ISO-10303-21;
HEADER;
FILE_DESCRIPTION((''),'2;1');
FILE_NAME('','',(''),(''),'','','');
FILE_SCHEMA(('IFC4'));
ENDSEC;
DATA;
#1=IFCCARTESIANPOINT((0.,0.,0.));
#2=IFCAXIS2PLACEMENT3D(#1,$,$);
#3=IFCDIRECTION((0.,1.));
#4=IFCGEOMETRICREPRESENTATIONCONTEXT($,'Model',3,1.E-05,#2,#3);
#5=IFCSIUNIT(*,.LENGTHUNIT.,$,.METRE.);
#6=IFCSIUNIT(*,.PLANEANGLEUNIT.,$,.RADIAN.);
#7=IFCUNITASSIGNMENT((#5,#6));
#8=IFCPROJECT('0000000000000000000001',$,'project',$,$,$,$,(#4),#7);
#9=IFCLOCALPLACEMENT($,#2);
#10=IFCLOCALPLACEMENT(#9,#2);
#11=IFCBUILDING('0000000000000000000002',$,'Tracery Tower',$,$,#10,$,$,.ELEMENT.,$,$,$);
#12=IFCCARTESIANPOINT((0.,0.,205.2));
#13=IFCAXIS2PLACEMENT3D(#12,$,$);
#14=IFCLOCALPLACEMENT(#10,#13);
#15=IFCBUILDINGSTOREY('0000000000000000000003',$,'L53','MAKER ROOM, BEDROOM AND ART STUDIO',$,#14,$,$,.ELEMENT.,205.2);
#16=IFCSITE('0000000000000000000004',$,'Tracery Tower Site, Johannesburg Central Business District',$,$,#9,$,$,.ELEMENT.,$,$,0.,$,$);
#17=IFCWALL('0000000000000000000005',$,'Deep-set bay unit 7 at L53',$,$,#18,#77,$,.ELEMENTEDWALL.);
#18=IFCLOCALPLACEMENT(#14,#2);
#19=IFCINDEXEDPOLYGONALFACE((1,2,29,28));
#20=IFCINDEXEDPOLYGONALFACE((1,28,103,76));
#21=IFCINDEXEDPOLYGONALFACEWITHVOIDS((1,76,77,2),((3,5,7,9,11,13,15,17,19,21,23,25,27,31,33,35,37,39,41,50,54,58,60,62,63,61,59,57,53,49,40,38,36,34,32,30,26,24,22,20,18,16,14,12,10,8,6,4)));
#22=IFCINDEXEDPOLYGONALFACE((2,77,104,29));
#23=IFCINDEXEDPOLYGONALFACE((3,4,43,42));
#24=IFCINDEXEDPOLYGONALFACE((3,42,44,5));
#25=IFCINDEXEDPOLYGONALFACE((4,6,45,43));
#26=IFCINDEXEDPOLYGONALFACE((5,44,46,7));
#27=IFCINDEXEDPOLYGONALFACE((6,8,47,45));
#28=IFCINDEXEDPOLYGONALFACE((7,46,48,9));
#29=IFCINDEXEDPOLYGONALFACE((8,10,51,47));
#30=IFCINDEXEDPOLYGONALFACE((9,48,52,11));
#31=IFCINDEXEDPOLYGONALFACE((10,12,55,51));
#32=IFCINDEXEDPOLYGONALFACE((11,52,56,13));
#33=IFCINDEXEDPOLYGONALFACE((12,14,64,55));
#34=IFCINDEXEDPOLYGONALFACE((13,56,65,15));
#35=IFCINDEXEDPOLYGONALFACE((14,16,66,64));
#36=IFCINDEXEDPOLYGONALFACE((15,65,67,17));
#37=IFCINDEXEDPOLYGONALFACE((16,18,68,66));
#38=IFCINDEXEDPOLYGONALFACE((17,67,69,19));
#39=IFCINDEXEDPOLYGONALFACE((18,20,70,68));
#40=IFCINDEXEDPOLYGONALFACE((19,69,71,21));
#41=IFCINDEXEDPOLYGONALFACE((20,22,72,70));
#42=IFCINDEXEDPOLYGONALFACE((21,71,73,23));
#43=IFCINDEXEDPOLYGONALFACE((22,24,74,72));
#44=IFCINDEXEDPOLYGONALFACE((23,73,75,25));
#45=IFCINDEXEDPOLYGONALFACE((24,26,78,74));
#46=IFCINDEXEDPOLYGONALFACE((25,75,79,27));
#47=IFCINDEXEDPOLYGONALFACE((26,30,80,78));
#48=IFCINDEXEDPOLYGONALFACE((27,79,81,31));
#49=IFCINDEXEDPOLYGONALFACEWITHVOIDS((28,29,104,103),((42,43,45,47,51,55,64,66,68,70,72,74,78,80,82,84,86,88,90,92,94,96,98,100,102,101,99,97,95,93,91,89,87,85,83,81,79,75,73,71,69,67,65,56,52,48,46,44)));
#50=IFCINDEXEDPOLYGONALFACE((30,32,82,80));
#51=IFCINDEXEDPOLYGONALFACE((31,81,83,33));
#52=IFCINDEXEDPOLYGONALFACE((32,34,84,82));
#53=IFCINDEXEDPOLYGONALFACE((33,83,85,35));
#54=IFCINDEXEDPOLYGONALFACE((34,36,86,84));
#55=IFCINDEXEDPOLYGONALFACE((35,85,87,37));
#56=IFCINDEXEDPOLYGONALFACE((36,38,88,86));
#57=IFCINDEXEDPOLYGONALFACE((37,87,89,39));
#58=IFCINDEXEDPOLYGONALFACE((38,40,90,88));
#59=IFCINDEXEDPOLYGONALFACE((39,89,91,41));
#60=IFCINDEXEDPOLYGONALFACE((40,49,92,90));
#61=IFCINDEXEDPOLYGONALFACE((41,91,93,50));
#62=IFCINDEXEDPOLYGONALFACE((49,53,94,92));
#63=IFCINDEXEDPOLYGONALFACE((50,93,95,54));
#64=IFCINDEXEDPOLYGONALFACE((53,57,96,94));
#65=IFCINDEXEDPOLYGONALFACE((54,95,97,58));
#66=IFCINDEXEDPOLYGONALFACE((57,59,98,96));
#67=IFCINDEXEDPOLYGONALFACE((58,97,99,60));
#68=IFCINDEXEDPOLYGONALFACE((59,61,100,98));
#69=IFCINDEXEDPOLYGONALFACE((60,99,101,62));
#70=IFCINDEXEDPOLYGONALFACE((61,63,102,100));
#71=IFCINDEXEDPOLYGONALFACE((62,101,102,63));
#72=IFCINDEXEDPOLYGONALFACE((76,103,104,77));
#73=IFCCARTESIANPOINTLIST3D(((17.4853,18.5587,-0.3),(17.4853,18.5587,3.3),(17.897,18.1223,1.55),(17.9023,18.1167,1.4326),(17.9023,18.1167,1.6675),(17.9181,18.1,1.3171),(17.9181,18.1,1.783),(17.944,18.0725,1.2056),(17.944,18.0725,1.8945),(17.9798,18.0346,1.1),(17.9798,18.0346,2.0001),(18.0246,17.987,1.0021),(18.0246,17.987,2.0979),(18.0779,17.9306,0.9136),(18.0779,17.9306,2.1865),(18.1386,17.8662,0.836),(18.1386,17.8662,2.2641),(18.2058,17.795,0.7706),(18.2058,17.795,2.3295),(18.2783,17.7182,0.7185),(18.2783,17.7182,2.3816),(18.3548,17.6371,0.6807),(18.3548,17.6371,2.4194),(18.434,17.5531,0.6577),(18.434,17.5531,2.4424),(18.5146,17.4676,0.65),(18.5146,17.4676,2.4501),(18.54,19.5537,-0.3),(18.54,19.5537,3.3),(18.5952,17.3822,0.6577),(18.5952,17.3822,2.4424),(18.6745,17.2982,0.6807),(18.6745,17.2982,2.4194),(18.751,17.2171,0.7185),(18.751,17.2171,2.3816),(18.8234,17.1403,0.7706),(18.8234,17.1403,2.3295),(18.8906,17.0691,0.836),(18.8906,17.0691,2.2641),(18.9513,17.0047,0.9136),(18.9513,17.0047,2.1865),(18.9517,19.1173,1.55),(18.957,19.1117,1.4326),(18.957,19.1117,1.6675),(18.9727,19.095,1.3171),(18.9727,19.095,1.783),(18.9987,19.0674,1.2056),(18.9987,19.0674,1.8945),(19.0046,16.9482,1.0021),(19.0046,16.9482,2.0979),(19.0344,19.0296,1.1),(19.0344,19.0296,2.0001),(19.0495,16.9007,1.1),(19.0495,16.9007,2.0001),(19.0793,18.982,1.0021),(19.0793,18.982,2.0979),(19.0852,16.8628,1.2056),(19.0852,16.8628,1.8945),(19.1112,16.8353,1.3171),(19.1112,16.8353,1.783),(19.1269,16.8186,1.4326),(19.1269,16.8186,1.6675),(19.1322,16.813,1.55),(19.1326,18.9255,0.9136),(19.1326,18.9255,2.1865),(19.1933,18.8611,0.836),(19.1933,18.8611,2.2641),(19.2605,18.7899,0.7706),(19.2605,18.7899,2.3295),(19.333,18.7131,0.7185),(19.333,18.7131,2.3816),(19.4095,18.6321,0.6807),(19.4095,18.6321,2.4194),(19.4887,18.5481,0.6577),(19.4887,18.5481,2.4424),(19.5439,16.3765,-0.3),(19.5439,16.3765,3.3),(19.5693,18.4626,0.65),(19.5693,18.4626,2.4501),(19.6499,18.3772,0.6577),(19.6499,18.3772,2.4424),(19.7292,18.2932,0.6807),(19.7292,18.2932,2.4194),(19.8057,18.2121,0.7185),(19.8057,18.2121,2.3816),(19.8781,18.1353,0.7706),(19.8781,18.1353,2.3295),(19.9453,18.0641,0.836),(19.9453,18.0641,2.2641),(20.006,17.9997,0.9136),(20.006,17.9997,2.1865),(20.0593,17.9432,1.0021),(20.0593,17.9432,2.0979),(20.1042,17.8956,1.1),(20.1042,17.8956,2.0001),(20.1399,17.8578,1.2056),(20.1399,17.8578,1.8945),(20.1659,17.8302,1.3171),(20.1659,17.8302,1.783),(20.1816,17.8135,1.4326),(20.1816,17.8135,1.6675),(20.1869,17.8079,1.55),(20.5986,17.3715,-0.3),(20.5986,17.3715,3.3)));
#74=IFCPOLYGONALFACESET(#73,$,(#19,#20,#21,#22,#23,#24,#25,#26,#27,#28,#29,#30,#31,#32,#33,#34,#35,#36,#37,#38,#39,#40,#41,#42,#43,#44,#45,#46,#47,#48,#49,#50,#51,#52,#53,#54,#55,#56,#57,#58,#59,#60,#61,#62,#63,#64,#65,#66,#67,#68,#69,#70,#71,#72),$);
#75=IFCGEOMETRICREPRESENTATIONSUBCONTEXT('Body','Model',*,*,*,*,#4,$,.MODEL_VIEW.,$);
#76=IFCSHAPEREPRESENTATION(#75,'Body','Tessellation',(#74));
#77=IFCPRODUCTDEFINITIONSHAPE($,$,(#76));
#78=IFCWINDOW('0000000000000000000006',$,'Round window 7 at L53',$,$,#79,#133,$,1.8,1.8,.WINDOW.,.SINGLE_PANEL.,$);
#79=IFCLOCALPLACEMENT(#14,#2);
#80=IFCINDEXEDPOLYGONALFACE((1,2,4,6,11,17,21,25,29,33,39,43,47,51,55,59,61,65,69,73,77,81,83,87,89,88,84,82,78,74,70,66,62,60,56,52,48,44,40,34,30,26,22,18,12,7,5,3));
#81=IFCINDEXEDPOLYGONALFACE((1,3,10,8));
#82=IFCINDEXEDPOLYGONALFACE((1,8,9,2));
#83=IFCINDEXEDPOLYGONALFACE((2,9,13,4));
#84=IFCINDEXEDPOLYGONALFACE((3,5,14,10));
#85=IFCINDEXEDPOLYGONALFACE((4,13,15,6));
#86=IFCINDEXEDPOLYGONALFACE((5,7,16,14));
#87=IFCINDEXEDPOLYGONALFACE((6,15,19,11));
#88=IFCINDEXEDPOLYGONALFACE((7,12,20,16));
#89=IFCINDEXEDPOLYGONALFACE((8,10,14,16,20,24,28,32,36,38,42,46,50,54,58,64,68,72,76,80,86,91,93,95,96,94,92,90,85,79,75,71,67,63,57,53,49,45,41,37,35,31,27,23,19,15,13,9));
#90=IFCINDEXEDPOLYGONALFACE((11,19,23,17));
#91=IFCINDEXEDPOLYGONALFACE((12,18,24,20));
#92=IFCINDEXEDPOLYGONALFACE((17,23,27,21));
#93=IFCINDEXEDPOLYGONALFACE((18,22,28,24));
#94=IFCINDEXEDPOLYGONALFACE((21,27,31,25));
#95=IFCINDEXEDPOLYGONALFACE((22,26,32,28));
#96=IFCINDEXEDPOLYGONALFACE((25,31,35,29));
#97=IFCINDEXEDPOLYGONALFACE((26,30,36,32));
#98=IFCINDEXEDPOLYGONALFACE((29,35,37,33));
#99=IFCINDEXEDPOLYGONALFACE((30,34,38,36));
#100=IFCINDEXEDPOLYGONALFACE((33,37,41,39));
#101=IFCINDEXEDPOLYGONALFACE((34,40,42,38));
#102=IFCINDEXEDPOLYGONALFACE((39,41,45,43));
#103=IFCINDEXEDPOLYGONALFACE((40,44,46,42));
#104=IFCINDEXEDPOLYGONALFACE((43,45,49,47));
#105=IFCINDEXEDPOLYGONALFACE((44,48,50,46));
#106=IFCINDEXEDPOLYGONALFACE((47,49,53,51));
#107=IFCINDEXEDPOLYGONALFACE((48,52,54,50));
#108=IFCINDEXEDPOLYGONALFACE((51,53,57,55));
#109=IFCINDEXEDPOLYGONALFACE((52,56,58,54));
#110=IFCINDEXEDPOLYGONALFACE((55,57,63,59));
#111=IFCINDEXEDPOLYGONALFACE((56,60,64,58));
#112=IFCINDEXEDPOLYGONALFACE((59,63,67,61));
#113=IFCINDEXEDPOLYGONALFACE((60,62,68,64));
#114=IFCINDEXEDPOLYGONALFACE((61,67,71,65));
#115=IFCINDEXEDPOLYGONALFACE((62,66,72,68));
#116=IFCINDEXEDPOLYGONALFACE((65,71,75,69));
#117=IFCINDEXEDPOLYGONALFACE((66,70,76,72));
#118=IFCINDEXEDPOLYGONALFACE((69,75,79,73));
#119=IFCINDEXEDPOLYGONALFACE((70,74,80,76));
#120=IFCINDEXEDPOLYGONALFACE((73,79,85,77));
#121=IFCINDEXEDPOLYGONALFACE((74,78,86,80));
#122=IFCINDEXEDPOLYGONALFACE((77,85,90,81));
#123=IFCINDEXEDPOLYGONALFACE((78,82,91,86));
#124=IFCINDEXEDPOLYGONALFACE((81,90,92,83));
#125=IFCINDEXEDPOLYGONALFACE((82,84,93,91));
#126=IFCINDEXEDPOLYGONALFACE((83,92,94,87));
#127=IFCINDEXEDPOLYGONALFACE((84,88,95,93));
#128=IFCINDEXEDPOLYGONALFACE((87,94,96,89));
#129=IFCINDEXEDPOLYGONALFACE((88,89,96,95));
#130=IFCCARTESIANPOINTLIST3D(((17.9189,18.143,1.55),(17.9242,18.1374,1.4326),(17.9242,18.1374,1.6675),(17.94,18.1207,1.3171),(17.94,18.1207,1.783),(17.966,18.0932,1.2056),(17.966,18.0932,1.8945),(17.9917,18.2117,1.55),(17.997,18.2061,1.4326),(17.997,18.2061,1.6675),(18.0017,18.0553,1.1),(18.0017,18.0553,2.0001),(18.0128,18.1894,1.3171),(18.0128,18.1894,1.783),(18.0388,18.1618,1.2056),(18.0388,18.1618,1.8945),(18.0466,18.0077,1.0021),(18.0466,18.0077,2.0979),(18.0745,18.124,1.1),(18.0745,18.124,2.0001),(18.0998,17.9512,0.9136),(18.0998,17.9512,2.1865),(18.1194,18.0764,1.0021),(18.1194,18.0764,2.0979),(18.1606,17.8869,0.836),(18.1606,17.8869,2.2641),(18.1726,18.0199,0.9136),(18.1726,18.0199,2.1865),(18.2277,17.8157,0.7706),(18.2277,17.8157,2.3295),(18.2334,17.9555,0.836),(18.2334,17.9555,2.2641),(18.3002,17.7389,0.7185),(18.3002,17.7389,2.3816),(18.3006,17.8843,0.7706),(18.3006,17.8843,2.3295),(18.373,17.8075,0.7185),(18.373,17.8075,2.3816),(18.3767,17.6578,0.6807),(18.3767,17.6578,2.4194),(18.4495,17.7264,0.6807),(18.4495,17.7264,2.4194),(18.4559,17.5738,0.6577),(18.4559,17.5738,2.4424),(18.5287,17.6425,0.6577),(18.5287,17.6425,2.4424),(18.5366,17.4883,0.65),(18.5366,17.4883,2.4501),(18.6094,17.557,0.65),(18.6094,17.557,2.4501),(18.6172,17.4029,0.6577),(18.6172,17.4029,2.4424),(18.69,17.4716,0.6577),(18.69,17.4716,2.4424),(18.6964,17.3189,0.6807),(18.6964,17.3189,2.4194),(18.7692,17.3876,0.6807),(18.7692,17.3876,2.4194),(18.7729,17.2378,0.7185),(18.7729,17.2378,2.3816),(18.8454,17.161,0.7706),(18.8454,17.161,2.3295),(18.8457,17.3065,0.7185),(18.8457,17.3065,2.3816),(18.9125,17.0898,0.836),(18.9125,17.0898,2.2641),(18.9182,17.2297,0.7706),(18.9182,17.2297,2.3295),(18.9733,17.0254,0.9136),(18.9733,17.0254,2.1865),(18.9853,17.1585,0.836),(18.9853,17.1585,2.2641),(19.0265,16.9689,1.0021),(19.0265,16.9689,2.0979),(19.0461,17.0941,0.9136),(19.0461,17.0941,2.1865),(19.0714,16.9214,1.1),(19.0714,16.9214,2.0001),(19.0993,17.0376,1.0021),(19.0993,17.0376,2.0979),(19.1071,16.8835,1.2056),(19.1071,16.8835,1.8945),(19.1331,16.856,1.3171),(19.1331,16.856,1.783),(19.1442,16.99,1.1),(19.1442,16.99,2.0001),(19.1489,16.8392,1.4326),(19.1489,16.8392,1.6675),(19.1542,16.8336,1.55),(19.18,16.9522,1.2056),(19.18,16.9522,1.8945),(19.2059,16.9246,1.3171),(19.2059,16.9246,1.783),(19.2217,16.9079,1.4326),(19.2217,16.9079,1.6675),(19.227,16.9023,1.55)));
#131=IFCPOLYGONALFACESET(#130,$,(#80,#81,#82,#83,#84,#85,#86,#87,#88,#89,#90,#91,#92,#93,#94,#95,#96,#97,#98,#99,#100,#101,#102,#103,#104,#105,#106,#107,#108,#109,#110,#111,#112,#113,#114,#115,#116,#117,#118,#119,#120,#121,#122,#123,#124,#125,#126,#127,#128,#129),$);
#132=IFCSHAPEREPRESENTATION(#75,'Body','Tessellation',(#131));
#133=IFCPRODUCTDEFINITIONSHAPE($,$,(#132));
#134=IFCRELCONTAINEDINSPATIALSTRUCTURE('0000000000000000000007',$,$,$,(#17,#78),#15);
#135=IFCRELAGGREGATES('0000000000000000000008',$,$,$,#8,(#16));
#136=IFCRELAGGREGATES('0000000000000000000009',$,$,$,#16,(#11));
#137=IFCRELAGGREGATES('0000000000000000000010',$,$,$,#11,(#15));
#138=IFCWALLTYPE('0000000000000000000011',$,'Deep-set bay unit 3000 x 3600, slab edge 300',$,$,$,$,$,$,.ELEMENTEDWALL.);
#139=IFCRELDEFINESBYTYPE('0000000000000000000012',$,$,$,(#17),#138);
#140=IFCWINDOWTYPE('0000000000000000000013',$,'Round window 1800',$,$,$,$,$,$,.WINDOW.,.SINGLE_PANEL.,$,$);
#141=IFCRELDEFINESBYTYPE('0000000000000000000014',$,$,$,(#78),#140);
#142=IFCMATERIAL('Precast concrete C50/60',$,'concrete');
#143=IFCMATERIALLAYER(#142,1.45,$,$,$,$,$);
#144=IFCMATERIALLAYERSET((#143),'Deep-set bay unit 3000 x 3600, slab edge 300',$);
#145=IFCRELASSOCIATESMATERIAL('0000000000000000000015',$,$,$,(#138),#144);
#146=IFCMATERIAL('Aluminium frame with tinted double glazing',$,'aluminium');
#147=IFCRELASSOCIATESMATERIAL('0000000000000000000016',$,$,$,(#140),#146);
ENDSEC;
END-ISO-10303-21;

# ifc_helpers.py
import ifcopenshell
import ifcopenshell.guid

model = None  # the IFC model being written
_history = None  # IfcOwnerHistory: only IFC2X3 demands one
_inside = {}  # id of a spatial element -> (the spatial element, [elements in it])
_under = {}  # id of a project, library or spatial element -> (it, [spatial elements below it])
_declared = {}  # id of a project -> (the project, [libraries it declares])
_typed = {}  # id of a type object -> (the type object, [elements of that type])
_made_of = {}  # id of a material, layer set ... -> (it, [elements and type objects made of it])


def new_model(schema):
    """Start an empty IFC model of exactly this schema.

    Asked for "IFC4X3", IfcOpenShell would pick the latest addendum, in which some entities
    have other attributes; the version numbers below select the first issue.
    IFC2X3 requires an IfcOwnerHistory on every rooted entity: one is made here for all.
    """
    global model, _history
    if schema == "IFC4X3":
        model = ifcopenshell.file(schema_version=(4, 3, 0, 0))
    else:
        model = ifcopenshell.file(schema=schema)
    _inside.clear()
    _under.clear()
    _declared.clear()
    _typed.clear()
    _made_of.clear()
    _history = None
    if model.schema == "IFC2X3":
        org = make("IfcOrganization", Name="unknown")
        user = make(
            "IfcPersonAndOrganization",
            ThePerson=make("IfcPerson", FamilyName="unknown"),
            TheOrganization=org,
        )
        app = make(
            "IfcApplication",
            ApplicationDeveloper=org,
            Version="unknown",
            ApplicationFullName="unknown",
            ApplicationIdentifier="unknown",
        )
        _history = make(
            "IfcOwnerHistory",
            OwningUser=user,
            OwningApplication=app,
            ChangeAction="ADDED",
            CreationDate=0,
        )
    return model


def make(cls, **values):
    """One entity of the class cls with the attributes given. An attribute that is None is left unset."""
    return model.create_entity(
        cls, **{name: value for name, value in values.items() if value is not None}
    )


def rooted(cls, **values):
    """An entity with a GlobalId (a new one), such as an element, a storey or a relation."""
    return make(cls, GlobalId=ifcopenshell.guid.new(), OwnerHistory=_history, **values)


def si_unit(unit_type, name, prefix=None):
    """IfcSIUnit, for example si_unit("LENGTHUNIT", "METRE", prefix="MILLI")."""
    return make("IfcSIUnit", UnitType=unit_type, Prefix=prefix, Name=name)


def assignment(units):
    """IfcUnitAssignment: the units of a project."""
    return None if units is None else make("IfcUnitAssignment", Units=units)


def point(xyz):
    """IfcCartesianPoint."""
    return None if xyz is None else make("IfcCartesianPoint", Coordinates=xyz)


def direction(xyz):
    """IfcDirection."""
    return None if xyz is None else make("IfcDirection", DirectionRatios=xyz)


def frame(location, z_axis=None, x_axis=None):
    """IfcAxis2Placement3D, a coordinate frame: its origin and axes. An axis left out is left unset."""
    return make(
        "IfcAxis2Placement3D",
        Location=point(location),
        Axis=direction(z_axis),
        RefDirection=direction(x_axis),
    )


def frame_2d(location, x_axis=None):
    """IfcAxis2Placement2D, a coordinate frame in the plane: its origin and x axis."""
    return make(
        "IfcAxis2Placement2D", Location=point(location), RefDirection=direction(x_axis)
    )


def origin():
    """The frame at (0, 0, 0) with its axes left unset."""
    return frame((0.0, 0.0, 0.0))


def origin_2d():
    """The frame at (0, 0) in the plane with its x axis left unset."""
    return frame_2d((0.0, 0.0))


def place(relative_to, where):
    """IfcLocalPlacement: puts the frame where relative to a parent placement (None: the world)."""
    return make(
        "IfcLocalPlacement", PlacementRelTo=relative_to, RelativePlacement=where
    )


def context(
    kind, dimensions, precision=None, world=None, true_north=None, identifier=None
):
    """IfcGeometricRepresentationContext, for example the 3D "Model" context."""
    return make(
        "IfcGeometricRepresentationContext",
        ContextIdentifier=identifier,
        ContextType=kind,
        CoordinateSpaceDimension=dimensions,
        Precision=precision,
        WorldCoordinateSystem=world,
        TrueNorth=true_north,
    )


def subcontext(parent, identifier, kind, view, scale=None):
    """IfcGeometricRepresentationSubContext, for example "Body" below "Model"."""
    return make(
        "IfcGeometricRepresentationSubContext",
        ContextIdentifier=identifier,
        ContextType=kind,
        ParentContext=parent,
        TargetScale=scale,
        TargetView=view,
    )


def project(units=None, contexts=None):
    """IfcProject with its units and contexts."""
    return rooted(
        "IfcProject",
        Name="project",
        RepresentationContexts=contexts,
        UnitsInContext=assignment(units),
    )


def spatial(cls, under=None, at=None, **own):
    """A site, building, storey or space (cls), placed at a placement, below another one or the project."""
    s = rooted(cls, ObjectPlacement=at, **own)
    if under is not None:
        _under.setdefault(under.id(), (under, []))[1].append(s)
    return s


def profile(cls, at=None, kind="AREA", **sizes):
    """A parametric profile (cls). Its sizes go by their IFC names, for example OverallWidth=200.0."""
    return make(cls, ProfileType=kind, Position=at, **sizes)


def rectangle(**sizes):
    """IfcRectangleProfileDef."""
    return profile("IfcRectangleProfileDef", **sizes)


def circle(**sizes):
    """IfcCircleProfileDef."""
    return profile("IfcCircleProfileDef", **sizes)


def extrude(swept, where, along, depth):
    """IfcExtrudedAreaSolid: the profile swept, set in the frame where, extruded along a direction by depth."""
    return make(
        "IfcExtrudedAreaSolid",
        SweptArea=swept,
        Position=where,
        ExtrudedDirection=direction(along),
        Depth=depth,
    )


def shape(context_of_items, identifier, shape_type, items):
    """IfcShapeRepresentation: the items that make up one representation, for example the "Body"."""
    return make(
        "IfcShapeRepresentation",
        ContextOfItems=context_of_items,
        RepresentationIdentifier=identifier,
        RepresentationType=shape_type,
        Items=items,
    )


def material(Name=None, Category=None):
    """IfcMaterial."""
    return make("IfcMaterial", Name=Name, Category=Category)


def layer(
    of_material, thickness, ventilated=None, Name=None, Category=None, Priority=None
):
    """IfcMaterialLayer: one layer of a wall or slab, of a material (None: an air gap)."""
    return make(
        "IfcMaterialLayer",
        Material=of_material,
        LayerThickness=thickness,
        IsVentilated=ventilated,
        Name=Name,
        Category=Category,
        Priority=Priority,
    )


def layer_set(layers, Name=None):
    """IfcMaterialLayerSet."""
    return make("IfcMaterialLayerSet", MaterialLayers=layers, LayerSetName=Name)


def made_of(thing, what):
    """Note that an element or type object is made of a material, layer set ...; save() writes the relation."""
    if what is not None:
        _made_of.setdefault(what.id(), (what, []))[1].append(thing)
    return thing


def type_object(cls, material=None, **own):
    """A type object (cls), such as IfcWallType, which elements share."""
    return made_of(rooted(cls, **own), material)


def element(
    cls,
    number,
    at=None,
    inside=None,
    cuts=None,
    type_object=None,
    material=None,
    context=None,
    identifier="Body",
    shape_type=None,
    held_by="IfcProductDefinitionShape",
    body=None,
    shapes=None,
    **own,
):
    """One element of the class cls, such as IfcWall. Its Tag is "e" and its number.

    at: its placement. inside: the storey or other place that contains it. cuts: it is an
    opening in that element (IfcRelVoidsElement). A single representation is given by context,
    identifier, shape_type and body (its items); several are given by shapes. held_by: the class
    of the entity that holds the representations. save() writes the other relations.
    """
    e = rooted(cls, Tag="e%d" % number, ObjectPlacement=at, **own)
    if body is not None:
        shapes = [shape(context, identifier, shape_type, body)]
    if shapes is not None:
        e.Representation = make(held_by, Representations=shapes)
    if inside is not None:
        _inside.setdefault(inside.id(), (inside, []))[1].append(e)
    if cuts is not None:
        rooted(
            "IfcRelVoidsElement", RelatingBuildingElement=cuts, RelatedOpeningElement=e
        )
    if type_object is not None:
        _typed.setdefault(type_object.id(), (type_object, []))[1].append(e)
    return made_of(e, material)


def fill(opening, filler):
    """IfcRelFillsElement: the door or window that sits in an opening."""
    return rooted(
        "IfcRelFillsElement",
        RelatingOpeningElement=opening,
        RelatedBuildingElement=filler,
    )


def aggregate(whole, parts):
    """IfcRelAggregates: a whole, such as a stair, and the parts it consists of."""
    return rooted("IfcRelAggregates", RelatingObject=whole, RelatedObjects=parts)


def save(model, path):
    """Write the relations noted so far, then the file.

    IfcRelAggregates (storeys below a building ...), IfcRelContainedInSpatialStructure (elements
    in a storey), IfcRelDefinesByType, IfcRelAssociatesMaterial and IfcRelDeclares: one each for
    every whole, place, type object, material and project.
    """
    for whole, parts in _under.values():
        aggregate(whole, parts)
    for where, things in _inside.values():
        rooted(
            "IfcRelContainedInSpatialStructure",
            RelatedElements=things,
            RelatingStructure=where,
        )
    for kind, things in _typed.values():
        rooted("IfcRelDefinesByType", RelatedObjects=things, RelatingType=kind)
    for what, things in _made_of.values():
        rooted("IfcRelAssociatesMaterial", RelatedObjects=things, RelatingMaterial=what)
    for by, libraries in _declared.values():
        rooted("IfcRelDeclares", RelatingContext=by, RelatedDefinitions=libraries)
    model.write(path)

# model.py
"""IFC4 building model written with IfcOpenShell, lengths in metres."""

from ifc_helpers import new_model, si_unit, direction, frame, frame_2d, origin, origin_2d, place, context, subcontext, project, spatial, rectangle, circle, extrude, material, layer, layer_set, type_object, element, fill, save


model = new_model("IFC4")

# Units and contexts
model_context = context("Model", 3, precision=1e-05, world=origin(), true_north=direction((0.0, 1.0)))
body_context = subcontext(model_context, "Body", "Model", "MODEL_VIEW")
ifc_project = project(units=[si_unit("LENGTHUNIT", "METRE"), si_unit("PLANEANGLEUNIT", "RADIAN")], contexts=[model_context])

# Site, building, storey
site_placement = place(None, origin())
site = spatial("IfcSite", under=ifc_project, at=site_placement, Name="Tracery Tower Site, Johannesburg Central Business District", CompositionType="ELEMENT", RefElevation=0.0)
building_placement = place(site_placement, origin())
building = spatial("IfcBuilding", under=site, at=building_placement, Name="Tracery Tower", CompositionType="ELEMENT")
storey_placement = place(building_placement, frame((0.0, 0.0, 205.2)))
storey = spatial("IfcBuildingStorey", under=building, at=storey_placement, Name="L53", Description="MAKER ROOM, BEDROOM AND ART STUDIO", CompositionType="ELEMENT", Elevation=205.2)

# Wall, opening, window
ifc_material_1 = material(Name="Precast concrete C50/60", Category="concrete")
ifc_layer_1 = layer(ifc_material_1, 1.45)
ifc_layer_set_1 = layer_set([ifc_layer_1], Name="Deep-set bay unit 3000 x 3600, slab edge 300")
wall_type_1 = type_object("IfcWallType", Name="Deep-set bay unit 3000 x 3600, slab edge 300", PredefinedType="ELEMENTEDWALL", material=ifc_layer_set_1)
wall_1_placement = place(storey_placement, frame((20.0713, 16.874, -0.3), z_axis=(0.0, 0.0, 1.0), x_axis=(-0.686217, 0.727397, 0.0)))
wall_1 = element("IfcWall", 1, at=wall_1_placement, inside=storey, type_object=wall_type_1, Name="Deep-set bay unit 7 at L53", PredefinedType="ELEMENTEDWALL", context=body_context, shape_type="SweptSolid", body=[
    extrude(rectangle(XDim=3.0, YDim=1.45, at=frame_2d((1.5, 0.0))), origin(), (0.0, 0.0, 1.0), 3.6001),
])
opening_1_placement = place(wall_1_placement, frame((1.5, 0.0, 1.8501)))
opening_1 = element("IfcOpeningElement", 2, at=opening_1_placement, cuts=wall_1, PredefinedType="OPENING", context=body_context, shape_type="SweptSolid", body=[
    extrude(circle(Radius=0.9, at=origin_2d()), frame((0.0, 0.7349, 0.0), z_axis=(0.0, -1.0, 0.0), x_axis=(1.0, 0.0, 0.0)), (0.0, 0.0, 1.0), 1.47),
])
ifc_material_2 = material(Name="Aluminium frame with tinted double glazing", Category="aluminium")
window_type = type_object("IfcWindowType", Name="Round window 1800", PartitioningType="SINGLE_PANEL", PredefinedType="WINDOW", material=ifc_material_2)
window_1_placement = place(opening_1_placement, origin())
window_1 = element("IfcWindow", 3, at=window_1_placement, inside=storey, type_object=window_type, Name="Round window 7 at L53", OverallHeight=1.8, OverallWidth=1.8, PartitioningType="SINGLE_PANEL", PredefinedType="WINDOW", context=body_context, shape_type="SweptSolid", body=[
    extrude(circle(Radius=0.9, at=origin_2d()), frame((0.0, 0.6948, 0.0), z_axis=(0.0, -1.0, 0.0), x_axis=(1.0, 0.0, 0.0)), (0.0, 0.0, 1.0), 0.1001),
])
fill(opening_1, window_1)

save(model, "model.ifc")
